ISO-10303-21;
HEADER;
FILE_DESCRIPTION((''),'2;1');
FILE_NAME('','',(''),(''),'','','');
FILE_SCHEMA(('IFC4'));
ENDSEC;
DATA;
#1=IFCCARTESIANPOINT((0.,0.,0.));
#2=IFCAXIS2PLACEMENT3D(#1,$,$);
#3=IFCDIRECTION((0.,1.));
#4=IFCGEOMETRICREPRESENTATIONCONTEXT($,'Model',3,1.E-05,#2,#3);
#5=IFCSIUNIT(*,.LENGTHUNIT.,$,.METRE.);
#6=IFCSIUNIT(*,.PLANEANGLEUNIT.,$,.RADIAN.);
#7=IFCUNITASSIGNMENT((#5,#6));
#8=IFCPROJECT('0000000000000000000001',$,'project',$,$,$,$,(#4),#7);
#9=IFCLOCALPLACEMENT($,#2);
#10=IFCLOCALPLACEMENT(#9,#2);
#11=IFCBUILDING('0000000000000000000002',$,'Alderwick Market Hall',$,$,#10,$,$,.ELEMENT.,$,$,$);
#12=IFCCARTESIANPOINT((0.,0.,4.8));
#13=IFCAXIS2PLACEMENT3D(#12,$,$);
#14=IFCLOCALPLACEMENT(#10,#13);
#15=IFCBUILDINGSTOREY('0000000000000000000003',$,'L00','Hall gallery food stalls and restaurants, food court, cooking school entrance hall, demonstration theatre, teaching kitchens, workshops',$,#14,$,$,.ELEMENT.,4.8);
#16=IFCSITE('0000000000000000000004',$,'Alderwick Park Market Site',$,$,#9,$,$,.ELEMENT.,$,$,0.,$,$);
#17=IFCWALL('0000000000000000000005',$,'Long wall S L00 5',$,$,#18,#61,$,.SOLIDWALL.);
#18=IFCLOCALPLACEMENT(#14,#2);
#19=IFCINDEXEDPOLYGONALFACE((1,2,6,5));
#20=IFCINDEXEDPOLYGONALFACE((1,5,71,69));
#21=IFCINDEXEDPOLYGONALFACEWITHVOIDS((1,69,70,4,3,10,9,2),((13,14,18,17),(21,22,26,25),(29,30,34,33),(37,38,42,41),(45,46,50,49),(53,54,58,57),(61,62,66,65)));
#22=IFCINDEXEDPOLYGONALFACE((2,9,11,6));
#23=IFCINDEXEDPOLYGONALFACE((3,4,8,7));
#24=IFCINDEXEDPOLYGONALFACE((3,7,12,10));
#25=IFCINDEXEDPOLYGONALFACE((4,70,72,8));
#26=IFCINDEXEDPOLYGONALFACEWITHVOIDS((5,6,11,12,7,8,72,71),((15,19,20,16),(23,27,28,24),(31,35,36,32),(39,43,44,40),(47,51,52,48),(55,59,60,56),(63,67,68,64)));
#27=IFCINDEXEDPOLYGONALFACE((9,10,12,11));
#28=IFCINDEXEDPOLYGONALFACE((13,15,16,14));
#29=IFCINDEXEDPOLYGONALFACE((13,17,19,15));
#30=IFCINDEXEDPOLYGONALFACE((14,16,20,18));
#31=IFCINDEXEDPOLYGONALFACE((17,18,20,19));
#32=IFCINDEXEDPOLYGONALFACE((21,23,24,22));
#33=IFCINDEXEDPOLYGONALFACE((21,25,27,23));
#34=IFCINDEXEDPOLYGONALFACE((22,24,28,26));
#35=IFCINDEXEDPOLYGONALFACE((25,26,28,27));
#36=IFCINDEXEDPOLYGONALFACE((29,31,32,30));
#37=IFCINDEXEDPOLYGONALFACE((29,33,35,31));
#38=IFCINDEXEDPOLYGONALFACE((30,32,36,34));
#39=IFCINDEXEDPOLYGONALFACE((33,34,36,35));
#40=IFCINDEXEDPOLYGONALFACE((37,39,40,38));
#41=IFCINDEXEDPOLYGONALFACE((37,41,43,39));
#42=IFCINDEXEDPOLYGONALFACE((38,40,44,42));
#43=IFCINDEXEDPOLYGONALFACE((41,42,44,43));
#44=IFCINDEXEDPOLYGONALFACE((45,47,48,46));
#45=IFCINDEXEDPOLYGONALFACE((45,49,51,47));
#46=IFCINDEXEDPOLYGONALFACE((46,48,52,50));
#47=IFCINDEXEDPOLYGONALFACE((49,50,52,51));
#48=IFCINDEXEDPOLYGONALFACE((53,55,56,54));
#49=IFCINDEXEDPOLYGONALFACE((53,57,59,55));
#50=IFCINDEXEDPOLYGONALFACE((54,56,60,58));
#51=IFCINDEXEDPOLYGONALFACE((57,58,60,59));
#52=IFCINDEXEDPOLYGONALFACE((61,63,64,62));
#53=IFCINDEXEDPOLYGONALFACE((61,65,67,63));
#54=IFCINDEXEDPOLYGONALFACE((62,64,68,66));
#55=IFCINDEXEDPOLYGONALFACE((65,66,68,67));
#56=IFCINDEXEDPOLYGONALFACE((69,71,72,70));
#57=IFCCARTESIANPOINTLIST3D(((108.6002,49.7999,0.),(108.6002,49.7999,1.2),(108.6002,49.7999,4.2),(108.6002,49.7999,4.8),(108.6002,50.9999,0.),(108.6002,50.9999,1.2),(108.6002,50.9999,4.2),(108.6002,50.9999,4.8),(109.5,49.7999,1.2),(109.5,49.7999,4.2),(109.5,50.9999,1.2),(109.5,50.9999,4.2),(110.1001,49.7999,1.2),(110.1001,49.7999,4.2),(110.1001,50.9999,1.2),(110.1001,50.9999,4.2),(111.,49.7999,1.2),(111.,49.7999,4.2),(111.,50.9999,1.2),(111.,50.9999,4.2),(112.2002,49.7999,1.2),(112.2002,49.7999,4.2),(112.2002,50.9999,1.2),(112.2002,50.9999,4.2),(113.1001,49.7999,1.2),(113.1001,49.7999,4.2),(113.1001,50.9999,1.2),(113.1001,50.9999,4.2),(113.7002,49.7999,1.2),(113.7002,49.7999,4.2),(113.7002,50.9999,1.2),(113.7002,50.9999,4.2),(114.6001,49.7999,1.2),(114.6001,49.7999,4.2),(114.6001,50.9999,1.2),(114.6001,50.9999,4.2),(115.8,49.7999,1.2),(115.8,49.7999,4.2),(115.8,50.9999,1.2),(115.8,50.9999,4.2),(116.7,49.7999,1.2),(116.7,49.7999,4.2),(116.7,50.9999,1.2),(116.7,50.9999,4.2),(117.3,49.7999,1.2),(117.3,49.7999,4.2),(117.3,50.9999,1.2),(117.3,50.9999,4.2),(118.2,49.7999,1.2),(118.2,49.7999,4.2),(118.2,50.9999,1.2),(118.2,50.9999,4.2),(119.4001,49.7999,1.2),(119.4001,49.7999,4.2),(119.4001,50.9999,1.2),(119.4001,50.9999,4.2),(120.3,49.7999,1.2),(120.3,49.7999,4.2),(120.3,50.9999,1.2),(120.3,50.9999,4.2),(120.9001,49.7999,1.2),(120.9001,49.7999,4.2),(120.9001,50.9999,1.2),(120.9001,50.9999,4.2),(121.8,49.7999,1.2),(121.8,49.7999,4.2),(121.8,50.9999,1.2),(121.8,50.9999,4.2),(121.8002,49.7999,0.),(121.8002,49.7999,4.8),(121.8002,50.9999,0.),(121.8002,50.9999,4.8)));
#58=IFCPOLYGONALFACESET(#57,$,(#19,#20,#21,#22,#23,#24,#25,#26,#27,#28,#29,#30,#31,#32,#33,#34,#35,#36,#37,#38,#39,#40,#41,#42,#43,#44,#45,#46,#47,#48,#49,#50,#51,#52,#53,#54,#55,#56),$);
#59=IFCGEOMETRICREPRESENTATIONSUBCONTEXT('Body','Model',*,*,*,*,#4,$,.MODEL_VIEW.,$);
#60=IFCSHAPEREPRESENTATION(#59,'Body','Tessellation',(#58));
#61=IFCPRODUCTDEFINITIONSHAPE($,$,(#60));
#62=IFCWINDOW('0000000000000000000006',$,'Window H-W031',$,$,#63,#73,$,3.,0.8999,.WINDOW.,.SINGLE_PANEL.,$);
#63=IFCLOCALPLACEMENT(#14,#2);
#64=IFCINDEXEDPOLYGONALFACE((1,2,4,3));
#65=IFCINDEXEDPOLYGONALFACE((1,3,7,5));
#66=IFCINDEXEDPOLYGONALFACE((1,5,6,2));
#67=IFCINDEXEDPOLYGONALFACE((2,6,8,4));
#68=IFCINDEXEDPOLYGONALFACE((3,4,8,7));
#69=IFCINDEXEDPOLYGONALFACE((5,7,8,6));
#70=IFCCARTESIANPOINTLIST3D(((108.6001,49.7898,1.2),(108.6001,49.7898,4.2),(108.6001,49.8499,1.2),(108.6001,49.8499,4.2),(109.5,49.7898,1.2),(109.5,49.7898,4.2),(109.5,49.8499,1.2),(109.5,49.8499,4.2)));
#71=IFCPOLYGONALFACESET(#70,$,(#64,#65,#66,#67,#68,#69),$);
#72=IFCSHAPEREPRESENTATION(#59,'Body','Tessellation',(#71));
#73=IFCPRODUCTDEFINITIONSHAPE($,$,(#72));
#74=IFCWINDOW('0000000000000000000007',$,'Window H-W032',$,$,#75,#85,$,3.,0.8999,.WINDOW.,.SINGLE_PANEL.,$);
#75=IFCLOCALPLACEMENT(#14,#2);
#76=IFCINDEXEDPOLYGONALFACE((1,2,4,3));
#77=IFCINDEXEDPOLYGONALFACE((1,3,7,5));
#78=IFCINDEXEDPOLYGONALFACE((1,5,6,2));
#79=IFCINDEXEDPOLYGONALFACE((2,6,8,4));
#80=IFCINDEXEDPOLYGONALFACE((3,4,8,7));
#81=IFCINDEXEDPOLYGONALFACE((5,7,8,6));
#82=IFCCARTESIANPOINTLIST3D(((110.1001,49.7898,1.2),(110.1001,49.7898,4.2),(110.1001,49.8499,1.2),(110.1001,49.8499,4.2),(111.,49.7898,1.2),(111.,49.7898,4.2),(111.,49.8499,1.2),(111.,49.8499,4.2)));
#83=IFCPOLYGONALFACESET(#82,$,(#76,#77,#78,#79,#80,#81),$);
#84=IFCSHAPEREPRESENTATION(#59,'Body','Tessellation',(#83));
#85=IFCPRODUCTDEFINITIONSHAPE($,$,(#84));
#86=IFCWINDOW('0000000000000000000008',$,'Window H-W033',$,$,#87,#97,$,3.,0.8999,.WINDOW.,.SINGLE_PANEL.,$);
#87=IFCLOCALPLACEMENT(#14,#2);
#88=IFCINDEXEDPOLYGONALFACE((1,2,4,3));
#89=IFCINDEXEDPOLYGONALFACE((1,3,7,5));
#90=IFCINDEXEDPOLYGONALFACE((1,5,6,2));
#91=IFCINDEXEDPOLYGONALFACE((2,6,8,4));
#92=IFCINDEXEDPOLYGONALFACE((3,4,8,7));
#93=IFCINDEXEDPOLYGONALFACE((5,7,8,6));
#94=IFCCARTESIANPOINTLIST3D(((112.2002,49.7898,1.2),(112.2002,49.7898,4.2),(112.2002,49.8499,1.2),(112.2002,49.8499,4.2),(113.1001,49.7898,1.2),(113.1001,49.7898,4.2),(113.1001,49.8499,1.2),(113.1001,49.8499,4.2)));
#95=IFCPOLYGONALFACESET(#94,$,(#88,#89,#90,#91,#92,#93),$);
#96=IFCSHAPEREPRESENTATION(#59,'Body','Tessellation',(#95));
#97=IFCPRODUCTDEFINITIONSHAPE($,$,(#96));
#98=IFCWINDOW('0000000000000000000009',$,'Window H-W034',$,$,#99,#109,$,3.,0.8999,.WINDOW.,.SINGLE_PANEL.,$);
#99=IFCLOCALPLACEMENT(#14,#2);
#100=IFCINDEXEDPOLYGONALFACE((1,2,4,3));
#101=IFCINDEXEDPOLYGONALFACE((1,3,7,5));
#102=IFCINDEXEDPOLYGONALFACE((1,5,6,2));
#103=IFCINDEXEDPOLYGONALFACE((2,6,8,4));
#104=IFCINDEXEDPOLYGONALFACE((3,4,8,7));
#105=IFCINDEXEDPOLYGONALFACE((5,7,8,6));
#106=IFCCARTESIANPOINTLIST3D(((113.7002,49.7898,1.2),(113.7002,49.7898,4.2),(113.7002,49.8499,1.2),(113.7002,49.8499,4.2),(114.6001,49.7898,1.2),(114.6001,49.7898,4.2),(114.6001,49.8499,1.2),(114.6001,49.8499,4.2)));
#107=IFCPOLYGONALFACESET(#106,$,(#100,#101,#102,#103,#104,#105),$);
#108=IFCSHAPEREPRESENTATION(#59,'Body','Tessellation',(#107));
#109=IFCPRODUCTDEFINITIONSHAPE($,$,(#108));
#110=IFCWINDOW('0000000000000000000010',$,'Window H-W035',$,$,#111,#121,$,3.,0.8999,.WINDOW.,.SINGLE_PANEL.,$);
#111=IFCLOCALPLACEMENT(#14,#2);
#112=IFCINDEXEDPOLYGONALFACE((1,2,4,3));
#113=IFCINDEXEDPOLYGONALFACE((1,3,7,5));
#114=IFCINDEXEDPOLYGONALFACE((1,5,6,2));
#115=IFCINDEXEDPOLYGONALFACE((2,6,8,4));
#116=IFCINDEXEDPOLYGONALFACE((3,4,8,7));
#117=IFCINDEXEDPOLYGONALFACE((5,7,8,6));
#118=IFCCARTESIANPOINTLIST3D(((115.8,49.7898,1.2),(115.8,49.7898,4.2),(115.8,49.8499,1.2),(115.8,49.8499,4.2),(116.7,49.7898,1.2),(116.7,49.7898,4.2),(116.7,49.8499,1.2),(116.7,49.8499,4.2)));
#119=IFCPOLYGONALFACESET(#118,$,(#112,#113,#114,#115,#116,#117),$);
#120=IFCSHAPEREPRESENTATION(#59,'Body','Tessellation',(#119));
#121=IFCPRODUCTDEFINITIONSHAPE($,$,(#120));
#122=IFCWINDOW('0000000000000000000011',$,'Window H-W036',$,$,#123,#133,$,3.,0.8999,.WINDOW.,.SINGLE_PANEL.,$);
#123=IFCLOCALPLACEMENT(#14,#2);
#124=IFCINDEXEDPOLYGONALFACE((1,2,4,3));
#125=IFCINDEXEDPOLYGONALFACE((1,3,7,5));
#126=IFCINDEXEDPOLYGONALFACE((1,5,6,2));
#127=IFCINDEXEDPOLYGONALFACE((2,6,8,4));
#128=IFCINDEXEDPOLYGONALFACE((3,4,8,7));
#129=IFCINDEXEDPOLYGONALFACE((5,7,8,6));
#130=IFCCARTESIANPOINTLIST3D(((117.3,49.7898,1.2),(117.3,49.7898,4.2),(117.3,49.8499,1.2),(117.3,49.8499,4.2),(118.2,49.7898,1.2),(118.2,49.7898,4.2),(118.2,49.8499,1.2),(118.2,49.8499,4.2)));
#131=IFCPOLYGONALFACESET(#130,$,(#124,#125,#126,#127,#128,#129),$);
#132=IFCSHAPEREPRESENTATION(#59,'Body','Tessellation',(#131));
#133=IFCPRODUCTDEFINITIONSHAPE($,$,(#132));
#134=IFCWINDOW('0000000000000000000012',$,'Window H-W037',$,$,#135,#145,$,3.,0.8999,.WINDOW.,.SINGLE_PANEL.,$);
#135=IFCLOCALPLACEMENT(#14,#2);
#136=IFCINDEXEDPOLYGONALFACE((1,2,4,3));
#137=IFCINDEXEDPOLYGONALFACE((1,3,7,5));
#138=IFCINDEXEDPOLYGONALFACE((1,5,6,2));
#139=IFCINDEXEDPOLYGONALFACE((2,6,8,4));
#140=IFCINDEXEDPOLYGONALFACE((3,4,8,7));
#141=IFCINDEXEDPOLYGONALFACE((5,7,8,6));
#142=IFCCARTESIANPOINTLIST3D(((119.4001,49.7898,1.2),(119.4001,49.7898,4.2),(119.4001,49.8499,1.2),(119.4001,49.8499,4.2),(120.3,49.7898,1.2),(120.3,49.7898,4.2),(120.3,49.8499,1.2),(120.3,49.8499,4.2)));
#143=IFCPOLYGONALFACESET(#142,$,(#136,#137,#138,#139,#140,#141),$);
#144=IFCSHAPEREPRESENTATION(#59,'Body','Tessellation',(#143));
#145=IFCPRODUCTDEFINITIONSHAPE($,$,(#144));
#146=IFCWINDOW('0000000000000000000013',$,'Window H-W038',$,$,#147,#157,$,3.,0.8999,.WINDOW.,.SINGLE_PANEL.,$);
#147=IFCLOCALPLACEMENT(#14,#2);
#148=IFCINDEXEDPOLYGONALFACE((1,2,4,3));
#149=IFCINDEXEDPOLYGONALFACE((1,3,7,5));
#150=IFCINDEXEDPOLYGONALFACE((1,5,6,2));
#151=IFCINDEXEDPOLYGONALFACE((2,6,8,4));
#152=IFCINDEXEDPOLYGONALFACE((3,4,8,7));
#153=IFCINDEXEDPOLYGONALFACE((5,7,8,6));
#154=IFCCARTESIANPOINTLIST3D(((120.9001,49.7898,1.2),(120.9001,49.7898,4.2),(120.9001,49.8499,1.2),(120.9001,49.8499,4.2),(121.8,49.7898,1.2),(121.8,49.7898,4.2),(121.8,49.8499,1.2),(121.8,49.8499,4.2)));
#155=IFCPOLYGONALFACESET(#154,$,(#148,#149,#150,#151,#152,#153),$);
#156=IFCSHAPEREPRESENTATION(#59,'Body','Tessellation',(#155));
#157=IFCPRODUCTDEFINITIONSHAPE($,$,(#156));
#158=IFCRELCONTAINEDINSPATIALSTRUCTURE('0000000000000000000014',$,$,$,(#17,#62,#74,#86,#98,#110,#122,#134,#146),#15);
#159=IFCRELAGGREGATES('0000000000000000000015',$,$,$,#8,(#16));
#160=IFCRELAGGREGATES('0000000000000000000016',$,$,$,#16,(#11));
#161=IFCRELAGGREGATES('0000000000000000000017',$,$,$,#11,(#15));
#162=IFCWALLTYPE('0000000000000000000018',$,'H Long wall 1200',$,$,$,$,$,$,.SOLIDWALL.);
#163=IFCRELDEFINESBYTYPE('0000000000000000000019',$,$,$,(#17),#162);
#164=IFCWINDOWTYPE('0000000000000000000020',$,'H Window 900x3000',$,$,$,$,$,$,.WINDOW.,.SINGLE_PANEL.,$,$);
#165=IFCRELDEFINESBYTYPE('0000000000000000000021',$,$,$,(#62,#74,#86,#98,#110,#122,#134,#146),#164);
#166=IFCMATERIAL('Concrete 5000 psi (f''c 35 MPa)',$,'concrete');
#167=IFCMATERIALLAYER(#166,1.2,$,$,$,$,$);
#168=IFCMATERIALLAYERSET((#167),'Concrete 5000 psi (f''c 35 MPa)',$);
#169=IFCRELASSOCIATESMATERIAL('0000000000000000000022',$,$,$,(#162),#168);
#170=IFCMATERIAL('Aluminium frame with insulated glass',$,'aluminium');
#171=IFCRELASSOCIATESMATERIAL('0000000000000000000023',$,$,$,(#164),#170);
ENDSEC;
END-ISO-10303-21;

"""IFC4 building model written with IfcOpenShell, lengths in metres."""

from ifc_helpers import new_model, si_unit, direction, frame, frame_2d, origin, place, context, subcontext, project, spatial, rectangle, extrude, material, layer, layer_set, type_object, element, fill, save


model = new_model("IFC4")

# Units and contexts
model_context = context("Model", 3, precision=1e-05, world=origin(), true_north=direction((0.0, 1.0)))
body_context = subcontext(model_context, "Body", "Model", "MODEL_VIEW")
ifc_project = project(units=[si_unit("LENGTHUNIT", "METRE"), si_unit("PLANEANGLEUNIT", "RADIAN")], contexts=[model_context])

# Site, building, storey
site_placement = place(None, origin())
site = spatial("IfcSite", under=ifc_project, at=site_placement, Name="Alderwick Park Market Site", CompositionType="ELEMENT", RefElevation=0.0)
building_placement = place(site_placement, origin())
building = spatial("IfcBuilding", under=site, at=building_placement, Name="Alderwick Market Hall", CompositionType="ELEMENT")
storey_placement = place(building_placement, frame((0.0, 0.0, 4.8)))
storey = spatial("IfcBuildingStorey", under=building, at=storey_placement, Name="L00", Description="Hall gallery food stalls and restaurants, food court, cooking school entrance hall, demonstration theatre, teaching kitchens, workshops", CompositionType="ELEMENT", Elevation=4.8)

# Shared definitions
ifc_material_1 = material(Name="Concrete 5000 psi (f'c 35 MPa)", Category="concrete")

# Wall, openings, windows
ifc_layer_1 = layer(ifc_material_1, 1.2)
ifc_layer_set_1 = layer_set([ifc_layer_1], Name="Concrete 5000 psi (f'c 35 MPa)")
wall_type_1 = type_object("IfcWallType", Name="H Long wall 1200", PredefinedType="SOLIDWALL", material=ifc_layer_set_1)
wall_1_placement = place(storey_placement, frame((108.6001, 50.3999, 0.0), z_axis=(0.0, 0.0, 1.0), x_axis=(1.0, 0.0, 0.0)))
wall_1 = element("IfcWall", 1, at=wall_1_placement, inside=storey, type_object=wall_type_1, Name="Long wall S L00 5", PredefinedType="SOLIDWALL", context=body_context, shape_type="SweptSolid", body=[
    extrude(rectangle(XDim=13.2, YDim=1.2, at=frame_2d((6.6001, 0.0))), origin(), (0.0, 0.0, 1.0), 4.8),
])
opening_1_placement = place(wall_1_placement, frame((0.0, 0.0, 1.2)))
opening_1 = element("IfcOpeningElement", 2, at=opening_1_placement, cuts=wall_1, PredefinedType="OPENING", context=body_context, shape_type="SweptSolid", body=[
    extrude(rectangle(XDim=0.8999, YDim=3.0, at=frame_2d((0.45, 1.5))), frame((0.0, 0.6099, 0.0), z_axis=(0.0, -1.0, 0.0), x_axis=(1.0, 0.0, 0.0)), (0.0, 0.0, 1.0), 1.22),
])
opening_2_placement = place(wall_1_placement, frame((1.5, 0.0, 1.2)))
opening_2 = element("IfcOpeningElement", 3, at=opening_2_placement, cuts=wall_1, PredefinedType="OPENING", context=body_context, shape_type="SweptSolid", body=[
    extrude(rectangle(XDim=0.8999, YDim=3.0, at=frame_2d((0.45, 1.5))), frame((0.0, 0.6099, 0.0), z_axis=(0.0, -1.0, 0.0), x_axis=(1.0, 0.0, 0.0)), (0.0, 0.0, 1.0), 1.22),
])
opening_3_placement = place(wall_1_placement, frame((3.6001, 0.0, 1.2)))
opening_3 = element("IfcOpeningElement", 4, at=opening_3_placement, cuts=wall_1, PredefinedType="OPENING", context=body_context, shape_type="SweptSolid", body=[
    extrude(rectangle(XDim=0.8999, YDim=3.0, at=frame_2d((0.45, 1.5))), frame((0.0, 0.6099, 0.0), z_axis=(0.0, -1.0, 0.0), x_axis=(1.0, 0.0, 0.0)), (0.0, 0.0, 1.0), 1.22),
])
opening_4_placement = place(wall_1_placement, frame((5.1001, 0.0, 1.2)))
opening_4 = element("IfcOpeningElement", 5, at=opening_4_placement, cuts=wall_1, PredefinedType="OPENING", context=body_context, shape_type="SweptSolid", body=[
    extrude(rectangle(XDim=0.8999, YDim=3.0, at=frame_2d((0.45, 1.5))), frame((0.0, 0.6099, 0.0), z_axis=(0.0, -1.0, 0.0), x_axis=(1.0, 0.0, 0.0)), (0.0, 0.0, 1.0), 1.22),
])
opening_5_placement = place(wall_1_placement, frame((7.2, 0.0, 1.2)))
opening_5 = element("IfcOpeningElement", 6, at=opening_5_placement, cuts=wall_1, PredefinedType="OPENING", context=body_context, shape_type="SweptSolid", body=[
    extrude(rectangle(XDim=0.8999, YDim=3.0, at=frame_2d((0.45, 1.5))), frame((0.0, 0.6099, 0.0), z_axis=(0.0, -1.0, 0.0), x_axis=(1.0, 0.0, 0.0)), (0.0, 0.0, 1.0), 1.22),
])
opening_6_placement = place(wall_1_placement, frame((8.7, 0.0, 1.2)))
opening_6 = element("IfcOpeningElement", 7, at=opening_6_placement, cuts=wall_1, PredefinedType="OPENING", context=body_context, shape_type="SweptSolid", body=[
    extrude(rectangle(XDim=0.8999, YDim=3.0, at=frame_2d((0.45, 1.5))), frame((0.0, 0.6099, 0.0), z_axis=(0.0, -1.0, 0.0), x_axis=(1.0, 0.0, 0.0)), (0.0, 0.0, 1.0), 1.22),
])
opening_7_placement = place(wall_1_placement, frame((10.8, 0.0, 1.2)))
opening_7 = element("IfcOpeningElement", 8, at=opening_7_placement, cuts=wall_1, PredefinedType="OPENING", context=body_context, shape_type="SweptSolid", body=[
    extrude(rectangle(XDim=0.8999, YDim=3.0, at=frame_2d((0.45, 1.5))), frame((0.0, 0.6099, 0.0), z_axis=(0.0, -1.0, 0.0), x_axis=(1.0, 0.0, 0.0)), (0.0, 0.0, 1.0), 1.22),
])
opening_8_placement = place(wall_1_placement, frame((12.3, 0.0, 1.2)))
opening_8 = element("IfcOpeningElement", 9, at=opening_8_placement, cuts=wall_1, PredefinedType="OPENING", context=body_context, shape_type="SweptSolid", body=[
    extrude(rectangle(XDim=0.8999, YDim=3.0, at=frame_2d((0.45, 1.5))), frame((0.0, 0.6099, 0.0), z_axis=(0.0, -1.0, 0.0), x_axis=(1.0, 0.0, 0.0)), (0.0, 0.0, 1.0), 1.22),
])
ifc_material_2 = material(Name="Aluminium frame with insulated glass", Category="aluminium")
window_type = type_object("IfcWindowType", Name="H Window 900x3000", PartitioningType="SINGLE_PANEL", PredefinedType="WINDOW", material=ifc_material_2)
window_1_placement = place(opening_1_placement, origin())
window_1 = element("IfcWindow", 10, at=window_1_placement, inside=storey, type_object=window_type, Name="Window H-W031", OverallHeight=3.0, OverallWidth=0.8999, PartitioningType="SINGLE_PANEL", PredefinedType="WINDOW", context=body_context, shape_type="SweptSolid", body=[
    extrude(rectangle(XDim=0.8999, YDim=3.0, at=frame_2d((0.45, 1.5))), frame((0.0, -0.55, 0.0), z_axis=(0.0, -1.0, 0.0), x_axis=(1.0, 0.0, 0.0)), (0.0, 0.0, 1.0), 0.0601),
])
fill(opening_1, window_1)
window_2_placement = place(opening_2_placement, origin())
window_2 = element("IfcWindow", 11, at=window_2_placement, inside=storey, type_object=window_type, Name="Window H-W032", OverallHeight=3.0, OverallWidth=0.8999, PartitioningType="SINGLE_PANEL", PredefinedType="WINDOW", context=body_context, shape_type="SweptSolid", body=[
    extrude(rectangle(XDim=0.8999, YDim=3.0, at=frame_2d((0.45, 1.5))), frame((0.0, -0.55, 0.0), z_axis=(0.0, -1.0, 0.0), x_axis=(1.0, 0.0, 0.0)), (0.0, 0.0, 1.0), 0.0601),
])
fill(opening_2, window_2)
window_3_placement = place(opening_3_placement, origin())
window_3 = element("IfcWindow", 12, at=window_3_placement, inside=storey, type_object=window_type, Name="Window H-W033", OverallHeight=3.0, OverallWidth=0.8999, PartitioningType="SINGLE_PANEL", PredefinedType="WINDOW", context=body_context, shape_type="SweptSolid", body=[
    extrude(rectangle(XDim=0.8999, YDim=3.0, at=frame_2d((0.45, 1.5))), frame((0.0, -0.55, 0.0), z_axis=(0.0, -1.0, 0.0), x_axis=(1.0, 0.0, 0.0)), (0.0, 0.0, 1.0), 0.0601),
])
fill(opening_3, window_3)
window_4_placement = place(opening_4_placement, origin())
window_4 = element("IfcWindow", 13, at=window_4_placement, inside=storey, type_object=window_type, Name="Window H-W034", OverallHeight=3.0, OverallWidth=0.8999, PartitioningType="SINGLE_PANEL", PredefinedType="WINDOW", context=body_context, shape_type="SweptSolid", body=[
    extrude(rectangle(XDim=0.8999, YDim=3.0, at=frame_2d((0.45, 1.5))), frame((0.0, -0.55, 0.0), z_axis=(0.0, -1.0, 0.0), x_axis=(1.0, 0.0, 0.0)), (0.0, 0.0, 1.0), 0.0601),
])
fill(opening_4, window_4)
window_5_placement = place(opening_5_placement, origin())
window_5 = element("IfcWindow", 14, at=window_5_placement, inside=storey, type_object=window_type, Name="Window H-W035", OverallHeight=3.0, OverallWidth=0.8999, PartitioningType="SINGLE_PANEL", PredefinedType="WINDOW", context=body_context, shape_type="SweptSolid", body=[
    extrude(rectangle(XDim=0.8999, YDim=3.0, at=frame_2d((0.45, 1.5))), frame((0.0, -0.55, 0.0), z_axis=(0.0, -1.0, 0.0), x_axis=(1.0, 0.0, 0.0)), (0.0, 0.0, 1.0), 0.0601),
])
fill(opening_5, window_5)
window_6_placement = place(opening_6_placement, origin())
window_6 = element("IfcWindow", 15, at=window_6_placement, inside=storey, type_object=window_type, Name="Window H-W036", OverallHeight=3.0, OverallWidth=0.8999, PartitioningType="SINGLE_PANEL", PredefinedType="WINDOW", context=body_context, shape_type="SweptSolid", body=[
    extrude(rectangle(XDim=0.8999, YDim=3.0, at=frame_2d((0.45, 1.5))), frame((0.0, -0.55, 0.0), z_axis=(0.0, -1.0, 0.0), x_axis=(1.0, 0.0, 0.0)), (0.0, 0.0, 1.0), 0.0601),
])
fill(opening_6, window_6)
window_7_placement = place(opening_7_placement, origin())
window_7 = element("IfcWindow", 16, at=window_7_placement, inside=storey, type_object=window_type, Name="Window H-W037", OverallHeight=3.0, OverallWidth=0.8999, PartitioningType="SINGLE_PANEL", PredefinedType="WINDOW", context=body_context, shape_type="SweptSolid", body=[
    extrude(rectangle(XDim=0.8999, YDim=3.0, at=frame_2d((0.45, 1.5))), frame((0.0, -0.55, 0.0), z_axis=(0.0, -1.0, 0.0), x_axis=(1.0, 0.0, 0.0)), (0.0, 0.0, 1.0), 0.0601),
])
fill(opening_7, window_7)
window_8_placement = place(opening_8_placement, origin())
window_8 = element("IfcWindow", 17, at=window_8_placement, inside=storey, type_object=window_type, Name="Window H-W038", OverallHeight=3.0, OverallWidth=0.8999, PartitioningType="SINGLE_PANEL", PredefinedType="WINDOW", context=body_context, shape_type="SweptSolid", body=[
    extrude(rectangle(XDim=0.8999, YDim=3.0, at=frame_2d((0.45, 1.5))), frame((0.0, -0.55, 0.0), z_axis=(0.0, -1.0, 0.0), x_axis=(1.0, 0.0, 0.0)), (0.0, 0.0, 1.0), 0.0601),
])
fill(opening_8, window_8)

save(model, "model.ifc")
